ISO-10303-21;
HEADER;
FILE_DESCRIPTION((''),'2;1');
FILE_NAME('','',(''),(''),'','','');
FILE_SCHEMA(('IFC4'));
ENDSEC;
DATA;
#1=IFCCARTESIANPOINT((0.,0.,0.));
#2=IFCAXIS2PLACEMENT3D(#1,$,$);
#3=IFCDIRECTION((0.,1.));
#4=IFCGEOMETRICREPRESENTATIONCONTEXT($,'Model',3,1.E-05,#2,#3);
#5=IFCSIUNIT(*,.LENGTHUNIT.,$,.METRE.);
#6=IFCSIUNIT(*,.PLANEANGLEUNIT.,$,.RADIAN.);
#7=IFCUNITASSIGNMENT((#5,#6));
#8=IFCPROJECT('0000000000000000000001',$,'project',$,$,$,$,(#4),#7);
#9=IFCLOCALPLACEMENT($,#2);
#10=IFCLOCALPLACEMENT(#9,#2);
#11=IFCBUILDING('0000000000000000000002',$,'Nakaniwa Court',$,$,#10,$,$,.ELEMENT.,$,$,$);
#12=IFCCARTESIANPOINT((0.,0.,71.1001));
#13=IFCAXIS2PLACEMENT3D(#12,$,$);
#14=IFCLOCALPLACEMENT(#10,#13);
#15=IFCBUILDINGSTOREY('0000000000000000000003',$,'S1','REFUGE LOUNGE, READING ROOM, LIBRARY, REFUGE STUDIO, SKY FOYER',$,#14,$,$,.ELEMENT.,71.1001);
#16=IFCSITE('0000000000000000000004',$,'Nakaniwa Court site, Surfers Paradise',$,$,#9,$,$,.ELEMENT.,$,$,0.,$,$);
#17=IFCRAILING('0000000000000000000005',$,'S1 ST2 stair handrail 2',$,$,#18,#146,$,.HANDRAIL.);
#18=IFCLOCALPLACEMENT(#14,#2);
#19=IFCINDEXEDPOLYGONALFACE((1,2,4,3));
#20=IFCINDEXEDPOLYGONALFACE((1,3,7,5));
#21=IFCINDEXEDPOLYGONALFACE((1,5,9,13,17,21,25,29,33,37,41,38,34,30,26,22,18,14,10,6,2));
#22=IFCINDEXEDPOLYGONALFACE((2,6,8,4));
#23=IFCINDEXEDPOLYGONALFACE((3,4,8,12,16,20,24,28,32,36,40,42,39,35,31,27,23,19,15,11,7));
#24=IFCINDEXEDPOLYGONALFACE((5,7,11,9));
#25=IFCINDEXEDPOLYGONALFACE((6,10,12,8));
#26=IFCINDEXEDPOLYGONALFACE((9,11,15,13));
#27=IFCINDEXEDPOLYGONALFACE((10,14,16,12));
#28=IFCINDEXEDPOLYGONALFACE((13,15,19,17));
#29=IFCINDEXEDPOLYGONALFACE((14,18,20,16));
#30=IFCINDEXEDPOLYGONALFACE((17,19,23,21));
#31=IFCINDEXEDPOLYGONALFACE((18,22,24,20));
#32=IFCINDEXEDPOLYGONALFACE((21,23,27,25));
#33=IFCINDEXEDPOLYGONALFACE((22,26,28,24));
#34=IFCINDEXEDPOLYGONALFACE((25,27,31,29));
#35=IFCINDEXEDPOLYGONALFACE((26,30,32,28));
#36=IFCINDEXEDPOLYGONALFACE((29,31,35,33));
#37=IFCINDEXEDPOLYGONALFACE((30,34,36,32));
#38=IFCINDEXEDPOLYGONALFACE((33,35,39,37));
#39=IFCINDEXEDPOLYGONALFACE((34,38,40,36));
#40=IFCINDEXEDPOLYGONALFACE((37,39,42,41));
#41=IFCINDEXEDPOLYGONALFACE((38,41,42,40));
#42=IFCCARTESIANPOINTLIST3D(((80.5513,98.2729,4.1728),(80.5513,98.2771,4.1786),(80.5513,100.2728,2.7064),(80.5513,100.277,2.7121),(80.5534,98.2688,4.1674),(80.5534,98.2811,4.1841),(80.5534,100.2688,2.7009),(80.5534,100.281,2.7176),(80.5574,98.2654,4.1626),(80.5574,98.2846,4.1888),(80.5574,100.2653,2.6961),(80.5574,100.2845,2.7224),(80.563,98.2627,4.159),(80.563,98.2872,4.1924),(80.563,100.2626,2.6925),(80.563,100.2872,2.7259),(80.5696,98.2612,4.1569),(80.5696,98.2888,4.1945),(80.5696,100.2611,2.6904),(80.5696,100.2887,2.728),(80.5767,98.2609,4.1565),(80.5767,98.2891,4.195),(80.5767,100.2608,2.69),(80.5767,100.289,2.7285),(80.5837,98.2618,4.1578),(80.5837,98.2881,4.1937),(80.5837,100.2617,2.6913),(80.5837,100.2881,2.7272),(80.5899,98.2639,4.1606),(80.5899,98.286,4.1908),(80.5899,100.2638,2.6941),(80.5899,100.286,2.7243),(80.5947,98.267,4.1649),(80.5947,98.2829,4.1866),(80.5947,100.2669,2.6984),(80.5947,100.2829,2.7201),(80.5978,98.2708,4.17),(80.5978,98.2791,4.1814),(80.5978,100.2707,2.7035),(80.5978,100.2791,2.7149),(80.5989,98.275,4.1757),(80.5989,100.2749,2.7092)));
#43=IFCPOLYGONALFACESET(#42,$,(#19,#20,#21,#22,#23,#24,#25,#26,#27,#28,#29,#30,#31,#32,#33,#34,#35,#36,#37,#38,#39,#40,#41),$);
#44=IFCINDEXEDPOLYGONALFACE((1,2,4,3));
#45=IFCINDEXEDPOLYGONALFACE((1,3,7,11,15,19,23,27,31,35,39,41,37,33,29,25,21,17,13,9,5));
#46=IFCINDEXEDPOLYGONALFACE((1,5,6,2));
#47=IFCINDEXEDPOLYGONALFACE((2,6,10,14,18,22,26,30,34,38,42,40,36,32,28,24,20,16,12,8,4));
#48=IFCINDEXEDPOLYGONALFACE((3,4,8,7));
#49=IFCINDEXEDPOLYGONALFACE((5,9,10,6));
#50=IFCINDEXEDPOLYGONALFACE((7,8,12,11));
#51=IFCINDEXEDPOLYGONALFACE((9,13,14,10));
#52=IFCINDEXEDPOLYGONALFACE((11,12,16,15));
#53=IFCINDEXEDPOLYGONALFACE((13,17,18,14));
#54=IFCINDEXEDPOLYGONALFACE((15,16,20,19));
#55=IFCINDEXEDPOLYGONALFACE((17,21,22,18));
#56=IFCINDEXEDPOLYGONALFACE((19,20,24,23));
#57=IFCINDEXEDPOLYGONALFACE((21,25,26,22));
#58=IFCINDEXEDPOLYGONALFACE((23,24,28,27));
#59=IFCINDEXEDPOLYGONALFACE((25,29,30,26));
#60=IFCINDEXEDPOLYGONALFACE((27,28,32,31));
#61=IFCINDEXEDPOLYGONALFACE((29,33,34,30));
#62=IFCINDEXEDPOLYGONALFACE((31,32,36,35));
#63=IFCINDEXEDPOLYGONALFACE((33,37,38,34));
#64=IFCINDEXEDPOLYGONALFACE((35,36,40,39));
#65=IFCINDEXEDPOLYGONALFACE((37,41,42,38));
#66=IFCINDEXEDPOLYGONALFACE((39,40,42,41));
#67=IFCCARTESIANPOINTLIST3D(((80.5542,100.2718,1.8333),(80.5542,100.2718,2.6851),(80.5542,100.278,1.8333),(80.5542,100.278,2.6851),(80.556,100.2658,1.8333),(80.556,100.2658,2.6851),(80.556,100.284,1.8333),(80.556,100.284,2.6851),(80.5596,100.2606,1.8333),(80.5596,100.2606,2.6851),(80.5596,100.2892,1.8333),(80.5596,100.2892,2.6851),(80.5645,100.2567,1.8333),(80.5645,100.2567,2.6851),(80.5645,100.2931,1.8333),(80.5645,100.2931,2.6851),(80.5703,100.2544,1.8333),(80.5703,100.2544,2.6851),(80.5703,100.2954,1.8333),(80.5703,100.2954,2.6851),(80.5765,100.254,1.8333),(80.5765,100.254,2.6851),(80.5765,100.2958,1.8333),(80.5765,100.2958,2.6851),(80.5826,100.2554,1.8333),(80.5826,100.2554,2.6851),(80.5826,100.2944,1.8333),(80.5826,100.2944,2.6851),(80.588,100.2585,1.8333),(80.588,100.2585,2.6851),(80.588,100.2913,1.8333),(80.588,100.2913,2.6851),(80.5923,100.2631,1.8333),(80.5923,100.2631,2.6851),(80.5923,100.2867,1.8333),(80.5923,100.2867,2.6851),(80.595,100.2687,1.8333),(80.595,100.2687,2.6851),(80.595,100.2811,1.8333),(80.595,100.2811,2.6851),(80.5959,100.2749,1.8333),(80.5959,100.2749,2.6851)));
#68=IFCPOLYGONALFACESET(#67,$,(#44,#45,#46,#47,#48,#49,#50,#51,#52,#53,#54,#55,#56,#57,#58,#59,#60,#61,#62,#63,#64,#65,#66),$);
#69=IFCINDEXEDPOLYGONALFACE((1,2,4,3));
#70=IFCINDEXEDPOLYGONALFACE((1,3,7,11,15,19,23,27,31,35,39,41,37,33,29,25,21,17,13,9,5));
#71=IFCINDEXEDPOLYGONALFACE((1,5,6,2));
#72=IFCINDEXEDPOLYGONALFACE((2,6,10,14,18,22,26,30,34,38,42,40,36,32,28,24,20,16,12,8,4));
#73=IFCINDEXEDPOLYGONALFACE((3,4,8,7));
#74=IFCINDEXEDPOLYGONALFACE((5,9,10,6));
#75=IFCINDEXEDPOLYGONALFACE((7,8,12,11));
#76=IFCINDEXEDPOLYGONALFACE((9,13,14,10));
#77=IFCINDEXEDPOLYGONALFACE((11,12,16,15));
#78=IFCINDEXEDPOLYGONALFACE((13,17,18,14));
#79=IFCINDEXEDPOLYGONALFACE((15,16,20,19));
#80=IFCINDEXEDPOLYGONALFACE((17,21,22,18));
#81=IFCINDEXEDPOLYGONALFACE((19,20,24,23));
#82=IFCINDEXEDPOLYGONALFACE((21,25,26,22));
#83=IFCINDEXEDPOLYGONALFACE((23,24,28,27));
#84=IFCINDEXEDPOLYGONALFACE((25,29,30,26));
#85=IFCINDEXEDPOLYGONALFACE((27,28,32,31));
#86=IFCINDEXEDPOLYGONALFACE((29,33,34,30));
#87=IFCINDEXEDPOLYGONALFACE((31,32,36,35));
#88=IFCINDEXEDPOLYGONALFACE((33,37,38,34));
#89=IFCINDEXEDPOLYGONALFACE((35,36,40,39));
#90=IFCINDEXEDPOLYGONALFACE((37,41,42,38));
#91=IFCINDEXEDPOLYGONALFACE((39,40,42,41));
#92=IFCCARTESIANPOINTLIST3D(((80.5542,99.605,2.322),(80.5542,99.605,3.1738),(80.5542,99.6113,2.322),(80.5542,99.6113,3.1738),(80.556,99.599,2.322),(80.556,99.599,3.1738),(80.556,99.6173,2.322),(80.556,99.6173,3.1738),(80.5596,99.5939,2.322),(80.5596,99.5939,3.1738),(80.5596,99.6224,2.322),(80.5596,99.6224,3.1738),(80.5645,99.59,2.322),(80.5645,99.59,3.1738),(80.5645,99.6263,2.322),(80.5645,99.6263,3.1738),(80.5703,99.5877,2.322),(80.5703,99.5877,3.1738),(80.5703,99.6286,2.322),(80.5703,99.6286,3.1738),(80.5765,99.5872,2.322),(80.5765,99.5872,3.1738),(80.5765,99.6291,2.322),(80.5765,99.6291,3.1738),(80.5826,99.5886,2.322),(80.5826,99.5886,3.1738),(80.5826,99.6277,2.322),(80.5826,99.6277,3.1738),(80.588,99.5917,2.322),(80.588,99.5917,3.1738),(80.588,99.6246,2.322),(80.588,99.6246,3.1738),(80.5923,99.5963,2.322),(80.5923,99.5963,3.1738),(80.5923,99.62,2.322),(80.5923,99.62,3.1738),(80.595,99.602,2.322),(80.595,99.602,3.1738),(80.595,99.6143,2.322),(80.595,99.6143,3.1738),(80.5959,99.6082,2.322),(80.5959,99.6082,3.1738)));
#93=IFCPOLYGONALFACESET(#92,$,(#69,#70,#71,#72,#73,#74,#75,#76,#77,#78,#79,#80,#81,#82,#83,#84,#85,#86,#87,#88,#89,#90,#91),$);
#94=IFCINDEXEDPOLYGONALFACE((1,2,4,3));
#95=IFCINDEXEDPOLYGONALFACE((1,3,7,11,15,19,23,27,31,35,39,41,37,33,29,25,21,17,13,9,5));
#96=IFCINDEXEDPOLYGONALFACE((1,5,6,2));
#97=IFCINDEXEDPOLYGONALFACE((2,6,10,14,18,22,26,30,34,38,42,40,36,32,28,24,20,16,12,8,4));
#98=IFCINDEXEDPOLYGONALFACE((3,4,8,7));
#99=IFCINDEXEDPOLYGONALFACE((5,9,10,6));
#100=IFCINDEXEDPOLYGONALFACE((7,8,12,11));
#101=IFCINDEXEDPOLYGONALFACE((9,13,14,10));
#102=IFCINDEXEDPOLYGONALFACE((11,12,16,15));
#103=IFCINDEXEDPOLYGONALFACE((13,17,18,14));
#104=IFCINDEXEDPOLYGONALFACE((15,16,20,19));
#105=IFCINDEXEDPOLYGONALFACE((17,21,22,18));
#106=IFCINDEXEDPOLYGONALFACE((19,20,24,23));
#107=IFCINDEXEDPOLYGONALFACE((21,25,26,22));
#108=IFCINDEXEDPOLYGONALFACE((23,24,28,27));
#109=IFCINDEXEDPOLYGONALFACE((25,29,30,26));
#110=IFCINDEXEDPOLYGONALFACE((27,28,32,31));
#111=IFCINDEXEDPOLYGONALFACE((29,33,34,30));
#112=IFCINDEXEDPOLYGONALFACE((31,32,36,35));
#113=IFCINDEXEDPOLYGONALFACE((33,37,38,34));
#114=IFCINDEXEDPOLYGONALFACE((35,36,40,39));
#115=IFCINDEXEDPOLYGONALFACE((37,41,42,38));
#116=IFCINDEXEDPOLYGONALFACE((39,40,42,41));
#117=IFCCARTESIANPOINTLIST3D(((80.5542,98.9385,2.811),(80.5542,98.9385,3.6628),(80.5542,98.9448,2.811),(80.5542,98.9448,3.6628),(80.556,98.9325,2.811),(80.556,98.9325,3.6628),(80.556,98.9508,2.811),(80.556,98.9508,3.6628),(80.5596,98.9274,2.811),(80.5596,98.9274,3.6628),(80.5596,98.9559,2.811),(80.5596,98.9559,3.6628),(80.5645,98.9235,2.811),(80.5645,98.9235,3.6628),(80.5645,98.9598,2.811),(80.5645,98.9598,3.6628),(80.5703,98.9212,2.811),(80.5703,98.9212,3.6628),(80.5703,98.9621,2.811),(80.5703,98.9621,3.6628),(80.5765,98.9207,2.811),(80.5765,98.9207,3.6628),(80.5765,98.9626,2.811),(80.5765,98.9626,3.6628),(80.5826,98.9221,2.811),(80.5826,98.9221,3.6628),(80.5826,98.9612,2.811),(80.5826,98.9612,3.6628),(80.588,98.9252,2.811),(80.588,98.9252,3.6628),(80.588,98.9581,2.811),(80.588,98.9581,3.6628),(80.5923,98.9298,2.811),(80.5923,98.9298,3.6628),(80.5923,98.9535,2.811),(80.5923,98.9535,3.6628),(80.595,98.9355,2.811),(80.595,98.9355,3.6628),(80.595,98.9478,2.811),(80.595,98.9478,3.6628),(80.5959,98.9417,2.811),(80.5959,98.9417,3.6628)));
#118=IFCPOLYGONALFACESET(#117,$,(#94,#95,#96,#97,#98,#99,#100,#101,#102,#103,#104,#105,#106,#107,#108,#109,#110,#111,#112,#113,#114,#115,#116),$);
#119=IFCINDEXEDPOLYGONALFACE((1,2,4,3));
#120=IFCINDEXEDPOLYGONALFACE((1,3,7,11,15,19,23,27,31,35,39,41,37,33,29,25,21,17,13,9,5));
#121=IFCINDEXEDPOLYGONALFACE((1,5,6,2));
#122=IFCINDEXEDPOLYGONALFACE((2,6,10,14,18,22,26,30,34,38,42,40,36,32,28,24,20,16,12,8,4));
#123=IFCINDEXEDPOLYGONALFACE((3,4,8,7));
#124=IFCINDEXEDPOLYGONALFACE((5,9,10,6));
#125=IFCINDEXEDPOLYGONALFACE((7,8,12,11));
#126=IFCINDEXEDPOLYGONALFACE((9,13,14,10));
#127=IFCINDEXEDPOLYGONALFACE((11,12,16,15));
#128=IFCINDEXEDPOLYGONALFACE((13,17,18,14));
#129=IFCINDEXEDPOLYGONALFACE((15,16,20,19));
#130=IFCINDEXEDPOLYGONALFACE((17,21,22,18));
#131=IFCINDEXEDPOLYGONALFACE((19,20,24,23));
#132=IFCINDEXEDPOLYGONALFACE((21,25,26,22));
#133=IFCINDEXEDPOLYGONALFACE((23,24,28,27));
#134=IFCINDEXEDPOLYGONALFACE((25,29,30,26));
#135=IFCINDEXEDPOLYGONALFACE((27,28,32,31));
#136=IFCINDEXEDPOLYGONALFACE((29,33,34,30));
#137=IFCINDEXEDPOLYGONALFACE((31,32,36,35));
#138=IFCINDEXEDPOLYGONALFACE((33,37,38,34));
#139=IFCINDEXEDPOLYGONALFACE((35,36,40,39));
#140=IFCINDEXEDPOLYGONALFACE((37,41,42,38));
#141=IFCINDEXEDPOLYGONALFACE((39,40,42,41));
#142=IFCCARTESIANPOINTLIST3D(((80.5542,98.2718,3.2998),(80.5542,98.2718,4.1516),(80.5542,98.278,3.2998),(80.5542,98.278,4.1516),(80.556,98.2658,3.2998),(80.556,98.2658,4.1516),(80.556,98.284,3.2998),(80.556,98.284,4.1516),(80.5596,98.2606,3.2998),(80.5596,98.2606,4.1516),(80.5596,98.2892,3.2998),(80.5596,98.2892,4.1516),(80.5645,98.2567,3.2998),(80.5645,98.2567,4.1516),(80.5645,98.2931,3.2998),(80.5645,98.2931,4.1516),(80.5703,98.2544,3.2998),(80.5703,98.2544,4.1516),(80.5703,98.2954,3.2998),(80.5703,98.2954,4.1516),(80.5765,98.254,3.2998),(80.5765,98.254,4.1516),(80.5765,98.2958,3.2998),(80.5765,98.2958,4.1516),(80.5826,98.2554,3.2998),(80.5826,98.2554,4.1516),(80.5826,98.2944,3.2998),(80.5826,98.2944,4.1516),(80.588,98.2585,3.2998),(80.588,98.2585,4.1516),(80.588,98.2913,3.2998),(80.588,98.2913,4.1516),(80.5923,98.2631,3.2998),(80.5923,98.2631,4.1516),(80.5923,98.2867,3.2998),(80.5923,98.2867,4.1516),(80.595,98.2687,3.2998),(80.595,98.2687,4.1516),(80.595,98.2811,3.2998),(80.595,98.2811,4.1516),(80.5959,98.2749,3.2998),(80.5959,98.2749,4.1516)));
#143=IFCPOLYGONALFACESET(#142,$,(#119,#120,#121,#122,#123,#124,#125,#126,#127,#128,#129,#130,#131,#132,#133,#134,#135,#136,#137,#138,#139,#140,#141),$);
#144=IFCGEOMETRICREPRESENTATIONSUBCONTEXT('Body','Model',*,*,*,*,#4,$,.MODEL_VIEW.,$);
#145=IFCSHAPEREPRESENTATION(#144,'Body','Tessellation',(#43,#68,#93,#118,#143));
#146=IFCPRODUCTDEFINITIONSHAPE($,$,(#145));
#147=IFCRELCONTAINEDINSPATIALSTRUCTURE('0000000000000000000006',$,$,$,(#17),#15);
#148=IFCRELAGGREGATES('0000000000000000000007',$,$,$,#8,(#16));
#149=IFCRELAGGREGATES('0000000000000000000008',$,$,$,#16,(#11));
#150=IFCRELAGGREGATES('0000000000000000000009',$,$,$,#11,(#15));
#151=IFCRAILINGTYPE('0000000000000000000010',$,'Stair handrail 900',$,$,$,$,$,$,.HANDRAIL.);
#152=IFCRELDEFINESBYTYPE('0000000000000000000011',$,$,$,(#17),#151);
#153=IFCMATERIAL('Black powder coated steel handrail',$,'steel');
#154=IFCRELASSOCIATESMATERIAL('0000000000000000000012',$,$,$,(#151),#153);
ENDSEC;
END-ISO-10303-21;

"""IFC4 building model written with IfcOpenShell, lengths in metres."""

from ifc_helpers import new_model, si_unit, direction, frame, origin, origin_2d, place, context, subcontext, project, spatial, circle, extrude, material, type_object, element, save


model = new_model("IFC4")

# Units and contexts
model_context = context("Model", 3, precision=1e-05, world=origin(), true_north=direction((0.0, 1.0)))
body_context = subcontext(model_context, "Body", "Model", "MODEL_VIEW")
ifc_project = project(units=[si_unit("LENGTHUNIT", "METRE"), si_unit("PLANEANGLEUNIT", "RADIAN")], contexts=[model_context])

# Site, building, storey
site_placement = place(None, origin())
site = spatial("IfcSite", under=ifc_project, at=site_placement, Name="Nakaniwa Court site, Surfers Paradise", CompositionType="ELEMENT", RefElevation=0.0)
building_placement = place(site_placement, origin())
building = spatial("IfcBuilding", under=site, at=building_placement, Name="Nakaniwa Court", CompositionType="ELEMENT")
storey_placement = place(building_placement, frame((0.0, 0.0, 71.1001)))
storey = spatial("IfcBuildingStorey", under=building, at=storey_placement, Name="S1", Description="REFUGE LOUNGE, READING ROOM, LIBRARY, REFUGE STUDIO, SKY FOYER", CompositionType="ELEMENT", Elevation=71.1001)

# Railing
ifc_material_1 = material(Name="Black powder coated steel handrail", Category="steel")
railing_type_1 = type_object("IfcRailingType", Name="Stair handrail 900", PredefinedType="HANDRAIL", material=ifc_material_1)
railing_1_placement = place(storey_placement, frame((80.575, 100.2749, 1.8333)))
element("IfcRailing", 1, at=railing_1_placement, inside=storey, type_object=railing_type_1, Name="S1 ST2 stair handrail 2", PredefinedType="HANDRAIL", context=body_context, shape_type="SweptSolid", body=[
    extrude(circle(Radius=0.0239, at=origin_2d()), frame((0.0, 0.0, 0.876), z_axis=(0.0, -0.806427, 0.591334), x_axis=(1.0, 0.0, 0.0)), (0.0, 0.0, 1.0), 2.48),
    extrude(circle(Radius=0.021, at=origin_2d()), origin(), (0.0, 0.0, 1.0), 0.8518),
    extrude(circle(Radius=0.021, at=origin_2d()), frame((0.0, -0.6667, 0.4888)), (0.0, 0.0, 1.0), 0.8518),
    extrude(circle(Radius=0.021, at=origin_2d()), frame((0.0, -1.3333, 0.9778)), (0.0, 0.0, 1.0), 0.8518),
    extrude(circle(Radius=0.021, at=origin_2d()), frame((0.0, -2.0, 1.4666)), (0.0, 0.0, 1.0), 0.8518),
])

save(model, "model.ifc")
